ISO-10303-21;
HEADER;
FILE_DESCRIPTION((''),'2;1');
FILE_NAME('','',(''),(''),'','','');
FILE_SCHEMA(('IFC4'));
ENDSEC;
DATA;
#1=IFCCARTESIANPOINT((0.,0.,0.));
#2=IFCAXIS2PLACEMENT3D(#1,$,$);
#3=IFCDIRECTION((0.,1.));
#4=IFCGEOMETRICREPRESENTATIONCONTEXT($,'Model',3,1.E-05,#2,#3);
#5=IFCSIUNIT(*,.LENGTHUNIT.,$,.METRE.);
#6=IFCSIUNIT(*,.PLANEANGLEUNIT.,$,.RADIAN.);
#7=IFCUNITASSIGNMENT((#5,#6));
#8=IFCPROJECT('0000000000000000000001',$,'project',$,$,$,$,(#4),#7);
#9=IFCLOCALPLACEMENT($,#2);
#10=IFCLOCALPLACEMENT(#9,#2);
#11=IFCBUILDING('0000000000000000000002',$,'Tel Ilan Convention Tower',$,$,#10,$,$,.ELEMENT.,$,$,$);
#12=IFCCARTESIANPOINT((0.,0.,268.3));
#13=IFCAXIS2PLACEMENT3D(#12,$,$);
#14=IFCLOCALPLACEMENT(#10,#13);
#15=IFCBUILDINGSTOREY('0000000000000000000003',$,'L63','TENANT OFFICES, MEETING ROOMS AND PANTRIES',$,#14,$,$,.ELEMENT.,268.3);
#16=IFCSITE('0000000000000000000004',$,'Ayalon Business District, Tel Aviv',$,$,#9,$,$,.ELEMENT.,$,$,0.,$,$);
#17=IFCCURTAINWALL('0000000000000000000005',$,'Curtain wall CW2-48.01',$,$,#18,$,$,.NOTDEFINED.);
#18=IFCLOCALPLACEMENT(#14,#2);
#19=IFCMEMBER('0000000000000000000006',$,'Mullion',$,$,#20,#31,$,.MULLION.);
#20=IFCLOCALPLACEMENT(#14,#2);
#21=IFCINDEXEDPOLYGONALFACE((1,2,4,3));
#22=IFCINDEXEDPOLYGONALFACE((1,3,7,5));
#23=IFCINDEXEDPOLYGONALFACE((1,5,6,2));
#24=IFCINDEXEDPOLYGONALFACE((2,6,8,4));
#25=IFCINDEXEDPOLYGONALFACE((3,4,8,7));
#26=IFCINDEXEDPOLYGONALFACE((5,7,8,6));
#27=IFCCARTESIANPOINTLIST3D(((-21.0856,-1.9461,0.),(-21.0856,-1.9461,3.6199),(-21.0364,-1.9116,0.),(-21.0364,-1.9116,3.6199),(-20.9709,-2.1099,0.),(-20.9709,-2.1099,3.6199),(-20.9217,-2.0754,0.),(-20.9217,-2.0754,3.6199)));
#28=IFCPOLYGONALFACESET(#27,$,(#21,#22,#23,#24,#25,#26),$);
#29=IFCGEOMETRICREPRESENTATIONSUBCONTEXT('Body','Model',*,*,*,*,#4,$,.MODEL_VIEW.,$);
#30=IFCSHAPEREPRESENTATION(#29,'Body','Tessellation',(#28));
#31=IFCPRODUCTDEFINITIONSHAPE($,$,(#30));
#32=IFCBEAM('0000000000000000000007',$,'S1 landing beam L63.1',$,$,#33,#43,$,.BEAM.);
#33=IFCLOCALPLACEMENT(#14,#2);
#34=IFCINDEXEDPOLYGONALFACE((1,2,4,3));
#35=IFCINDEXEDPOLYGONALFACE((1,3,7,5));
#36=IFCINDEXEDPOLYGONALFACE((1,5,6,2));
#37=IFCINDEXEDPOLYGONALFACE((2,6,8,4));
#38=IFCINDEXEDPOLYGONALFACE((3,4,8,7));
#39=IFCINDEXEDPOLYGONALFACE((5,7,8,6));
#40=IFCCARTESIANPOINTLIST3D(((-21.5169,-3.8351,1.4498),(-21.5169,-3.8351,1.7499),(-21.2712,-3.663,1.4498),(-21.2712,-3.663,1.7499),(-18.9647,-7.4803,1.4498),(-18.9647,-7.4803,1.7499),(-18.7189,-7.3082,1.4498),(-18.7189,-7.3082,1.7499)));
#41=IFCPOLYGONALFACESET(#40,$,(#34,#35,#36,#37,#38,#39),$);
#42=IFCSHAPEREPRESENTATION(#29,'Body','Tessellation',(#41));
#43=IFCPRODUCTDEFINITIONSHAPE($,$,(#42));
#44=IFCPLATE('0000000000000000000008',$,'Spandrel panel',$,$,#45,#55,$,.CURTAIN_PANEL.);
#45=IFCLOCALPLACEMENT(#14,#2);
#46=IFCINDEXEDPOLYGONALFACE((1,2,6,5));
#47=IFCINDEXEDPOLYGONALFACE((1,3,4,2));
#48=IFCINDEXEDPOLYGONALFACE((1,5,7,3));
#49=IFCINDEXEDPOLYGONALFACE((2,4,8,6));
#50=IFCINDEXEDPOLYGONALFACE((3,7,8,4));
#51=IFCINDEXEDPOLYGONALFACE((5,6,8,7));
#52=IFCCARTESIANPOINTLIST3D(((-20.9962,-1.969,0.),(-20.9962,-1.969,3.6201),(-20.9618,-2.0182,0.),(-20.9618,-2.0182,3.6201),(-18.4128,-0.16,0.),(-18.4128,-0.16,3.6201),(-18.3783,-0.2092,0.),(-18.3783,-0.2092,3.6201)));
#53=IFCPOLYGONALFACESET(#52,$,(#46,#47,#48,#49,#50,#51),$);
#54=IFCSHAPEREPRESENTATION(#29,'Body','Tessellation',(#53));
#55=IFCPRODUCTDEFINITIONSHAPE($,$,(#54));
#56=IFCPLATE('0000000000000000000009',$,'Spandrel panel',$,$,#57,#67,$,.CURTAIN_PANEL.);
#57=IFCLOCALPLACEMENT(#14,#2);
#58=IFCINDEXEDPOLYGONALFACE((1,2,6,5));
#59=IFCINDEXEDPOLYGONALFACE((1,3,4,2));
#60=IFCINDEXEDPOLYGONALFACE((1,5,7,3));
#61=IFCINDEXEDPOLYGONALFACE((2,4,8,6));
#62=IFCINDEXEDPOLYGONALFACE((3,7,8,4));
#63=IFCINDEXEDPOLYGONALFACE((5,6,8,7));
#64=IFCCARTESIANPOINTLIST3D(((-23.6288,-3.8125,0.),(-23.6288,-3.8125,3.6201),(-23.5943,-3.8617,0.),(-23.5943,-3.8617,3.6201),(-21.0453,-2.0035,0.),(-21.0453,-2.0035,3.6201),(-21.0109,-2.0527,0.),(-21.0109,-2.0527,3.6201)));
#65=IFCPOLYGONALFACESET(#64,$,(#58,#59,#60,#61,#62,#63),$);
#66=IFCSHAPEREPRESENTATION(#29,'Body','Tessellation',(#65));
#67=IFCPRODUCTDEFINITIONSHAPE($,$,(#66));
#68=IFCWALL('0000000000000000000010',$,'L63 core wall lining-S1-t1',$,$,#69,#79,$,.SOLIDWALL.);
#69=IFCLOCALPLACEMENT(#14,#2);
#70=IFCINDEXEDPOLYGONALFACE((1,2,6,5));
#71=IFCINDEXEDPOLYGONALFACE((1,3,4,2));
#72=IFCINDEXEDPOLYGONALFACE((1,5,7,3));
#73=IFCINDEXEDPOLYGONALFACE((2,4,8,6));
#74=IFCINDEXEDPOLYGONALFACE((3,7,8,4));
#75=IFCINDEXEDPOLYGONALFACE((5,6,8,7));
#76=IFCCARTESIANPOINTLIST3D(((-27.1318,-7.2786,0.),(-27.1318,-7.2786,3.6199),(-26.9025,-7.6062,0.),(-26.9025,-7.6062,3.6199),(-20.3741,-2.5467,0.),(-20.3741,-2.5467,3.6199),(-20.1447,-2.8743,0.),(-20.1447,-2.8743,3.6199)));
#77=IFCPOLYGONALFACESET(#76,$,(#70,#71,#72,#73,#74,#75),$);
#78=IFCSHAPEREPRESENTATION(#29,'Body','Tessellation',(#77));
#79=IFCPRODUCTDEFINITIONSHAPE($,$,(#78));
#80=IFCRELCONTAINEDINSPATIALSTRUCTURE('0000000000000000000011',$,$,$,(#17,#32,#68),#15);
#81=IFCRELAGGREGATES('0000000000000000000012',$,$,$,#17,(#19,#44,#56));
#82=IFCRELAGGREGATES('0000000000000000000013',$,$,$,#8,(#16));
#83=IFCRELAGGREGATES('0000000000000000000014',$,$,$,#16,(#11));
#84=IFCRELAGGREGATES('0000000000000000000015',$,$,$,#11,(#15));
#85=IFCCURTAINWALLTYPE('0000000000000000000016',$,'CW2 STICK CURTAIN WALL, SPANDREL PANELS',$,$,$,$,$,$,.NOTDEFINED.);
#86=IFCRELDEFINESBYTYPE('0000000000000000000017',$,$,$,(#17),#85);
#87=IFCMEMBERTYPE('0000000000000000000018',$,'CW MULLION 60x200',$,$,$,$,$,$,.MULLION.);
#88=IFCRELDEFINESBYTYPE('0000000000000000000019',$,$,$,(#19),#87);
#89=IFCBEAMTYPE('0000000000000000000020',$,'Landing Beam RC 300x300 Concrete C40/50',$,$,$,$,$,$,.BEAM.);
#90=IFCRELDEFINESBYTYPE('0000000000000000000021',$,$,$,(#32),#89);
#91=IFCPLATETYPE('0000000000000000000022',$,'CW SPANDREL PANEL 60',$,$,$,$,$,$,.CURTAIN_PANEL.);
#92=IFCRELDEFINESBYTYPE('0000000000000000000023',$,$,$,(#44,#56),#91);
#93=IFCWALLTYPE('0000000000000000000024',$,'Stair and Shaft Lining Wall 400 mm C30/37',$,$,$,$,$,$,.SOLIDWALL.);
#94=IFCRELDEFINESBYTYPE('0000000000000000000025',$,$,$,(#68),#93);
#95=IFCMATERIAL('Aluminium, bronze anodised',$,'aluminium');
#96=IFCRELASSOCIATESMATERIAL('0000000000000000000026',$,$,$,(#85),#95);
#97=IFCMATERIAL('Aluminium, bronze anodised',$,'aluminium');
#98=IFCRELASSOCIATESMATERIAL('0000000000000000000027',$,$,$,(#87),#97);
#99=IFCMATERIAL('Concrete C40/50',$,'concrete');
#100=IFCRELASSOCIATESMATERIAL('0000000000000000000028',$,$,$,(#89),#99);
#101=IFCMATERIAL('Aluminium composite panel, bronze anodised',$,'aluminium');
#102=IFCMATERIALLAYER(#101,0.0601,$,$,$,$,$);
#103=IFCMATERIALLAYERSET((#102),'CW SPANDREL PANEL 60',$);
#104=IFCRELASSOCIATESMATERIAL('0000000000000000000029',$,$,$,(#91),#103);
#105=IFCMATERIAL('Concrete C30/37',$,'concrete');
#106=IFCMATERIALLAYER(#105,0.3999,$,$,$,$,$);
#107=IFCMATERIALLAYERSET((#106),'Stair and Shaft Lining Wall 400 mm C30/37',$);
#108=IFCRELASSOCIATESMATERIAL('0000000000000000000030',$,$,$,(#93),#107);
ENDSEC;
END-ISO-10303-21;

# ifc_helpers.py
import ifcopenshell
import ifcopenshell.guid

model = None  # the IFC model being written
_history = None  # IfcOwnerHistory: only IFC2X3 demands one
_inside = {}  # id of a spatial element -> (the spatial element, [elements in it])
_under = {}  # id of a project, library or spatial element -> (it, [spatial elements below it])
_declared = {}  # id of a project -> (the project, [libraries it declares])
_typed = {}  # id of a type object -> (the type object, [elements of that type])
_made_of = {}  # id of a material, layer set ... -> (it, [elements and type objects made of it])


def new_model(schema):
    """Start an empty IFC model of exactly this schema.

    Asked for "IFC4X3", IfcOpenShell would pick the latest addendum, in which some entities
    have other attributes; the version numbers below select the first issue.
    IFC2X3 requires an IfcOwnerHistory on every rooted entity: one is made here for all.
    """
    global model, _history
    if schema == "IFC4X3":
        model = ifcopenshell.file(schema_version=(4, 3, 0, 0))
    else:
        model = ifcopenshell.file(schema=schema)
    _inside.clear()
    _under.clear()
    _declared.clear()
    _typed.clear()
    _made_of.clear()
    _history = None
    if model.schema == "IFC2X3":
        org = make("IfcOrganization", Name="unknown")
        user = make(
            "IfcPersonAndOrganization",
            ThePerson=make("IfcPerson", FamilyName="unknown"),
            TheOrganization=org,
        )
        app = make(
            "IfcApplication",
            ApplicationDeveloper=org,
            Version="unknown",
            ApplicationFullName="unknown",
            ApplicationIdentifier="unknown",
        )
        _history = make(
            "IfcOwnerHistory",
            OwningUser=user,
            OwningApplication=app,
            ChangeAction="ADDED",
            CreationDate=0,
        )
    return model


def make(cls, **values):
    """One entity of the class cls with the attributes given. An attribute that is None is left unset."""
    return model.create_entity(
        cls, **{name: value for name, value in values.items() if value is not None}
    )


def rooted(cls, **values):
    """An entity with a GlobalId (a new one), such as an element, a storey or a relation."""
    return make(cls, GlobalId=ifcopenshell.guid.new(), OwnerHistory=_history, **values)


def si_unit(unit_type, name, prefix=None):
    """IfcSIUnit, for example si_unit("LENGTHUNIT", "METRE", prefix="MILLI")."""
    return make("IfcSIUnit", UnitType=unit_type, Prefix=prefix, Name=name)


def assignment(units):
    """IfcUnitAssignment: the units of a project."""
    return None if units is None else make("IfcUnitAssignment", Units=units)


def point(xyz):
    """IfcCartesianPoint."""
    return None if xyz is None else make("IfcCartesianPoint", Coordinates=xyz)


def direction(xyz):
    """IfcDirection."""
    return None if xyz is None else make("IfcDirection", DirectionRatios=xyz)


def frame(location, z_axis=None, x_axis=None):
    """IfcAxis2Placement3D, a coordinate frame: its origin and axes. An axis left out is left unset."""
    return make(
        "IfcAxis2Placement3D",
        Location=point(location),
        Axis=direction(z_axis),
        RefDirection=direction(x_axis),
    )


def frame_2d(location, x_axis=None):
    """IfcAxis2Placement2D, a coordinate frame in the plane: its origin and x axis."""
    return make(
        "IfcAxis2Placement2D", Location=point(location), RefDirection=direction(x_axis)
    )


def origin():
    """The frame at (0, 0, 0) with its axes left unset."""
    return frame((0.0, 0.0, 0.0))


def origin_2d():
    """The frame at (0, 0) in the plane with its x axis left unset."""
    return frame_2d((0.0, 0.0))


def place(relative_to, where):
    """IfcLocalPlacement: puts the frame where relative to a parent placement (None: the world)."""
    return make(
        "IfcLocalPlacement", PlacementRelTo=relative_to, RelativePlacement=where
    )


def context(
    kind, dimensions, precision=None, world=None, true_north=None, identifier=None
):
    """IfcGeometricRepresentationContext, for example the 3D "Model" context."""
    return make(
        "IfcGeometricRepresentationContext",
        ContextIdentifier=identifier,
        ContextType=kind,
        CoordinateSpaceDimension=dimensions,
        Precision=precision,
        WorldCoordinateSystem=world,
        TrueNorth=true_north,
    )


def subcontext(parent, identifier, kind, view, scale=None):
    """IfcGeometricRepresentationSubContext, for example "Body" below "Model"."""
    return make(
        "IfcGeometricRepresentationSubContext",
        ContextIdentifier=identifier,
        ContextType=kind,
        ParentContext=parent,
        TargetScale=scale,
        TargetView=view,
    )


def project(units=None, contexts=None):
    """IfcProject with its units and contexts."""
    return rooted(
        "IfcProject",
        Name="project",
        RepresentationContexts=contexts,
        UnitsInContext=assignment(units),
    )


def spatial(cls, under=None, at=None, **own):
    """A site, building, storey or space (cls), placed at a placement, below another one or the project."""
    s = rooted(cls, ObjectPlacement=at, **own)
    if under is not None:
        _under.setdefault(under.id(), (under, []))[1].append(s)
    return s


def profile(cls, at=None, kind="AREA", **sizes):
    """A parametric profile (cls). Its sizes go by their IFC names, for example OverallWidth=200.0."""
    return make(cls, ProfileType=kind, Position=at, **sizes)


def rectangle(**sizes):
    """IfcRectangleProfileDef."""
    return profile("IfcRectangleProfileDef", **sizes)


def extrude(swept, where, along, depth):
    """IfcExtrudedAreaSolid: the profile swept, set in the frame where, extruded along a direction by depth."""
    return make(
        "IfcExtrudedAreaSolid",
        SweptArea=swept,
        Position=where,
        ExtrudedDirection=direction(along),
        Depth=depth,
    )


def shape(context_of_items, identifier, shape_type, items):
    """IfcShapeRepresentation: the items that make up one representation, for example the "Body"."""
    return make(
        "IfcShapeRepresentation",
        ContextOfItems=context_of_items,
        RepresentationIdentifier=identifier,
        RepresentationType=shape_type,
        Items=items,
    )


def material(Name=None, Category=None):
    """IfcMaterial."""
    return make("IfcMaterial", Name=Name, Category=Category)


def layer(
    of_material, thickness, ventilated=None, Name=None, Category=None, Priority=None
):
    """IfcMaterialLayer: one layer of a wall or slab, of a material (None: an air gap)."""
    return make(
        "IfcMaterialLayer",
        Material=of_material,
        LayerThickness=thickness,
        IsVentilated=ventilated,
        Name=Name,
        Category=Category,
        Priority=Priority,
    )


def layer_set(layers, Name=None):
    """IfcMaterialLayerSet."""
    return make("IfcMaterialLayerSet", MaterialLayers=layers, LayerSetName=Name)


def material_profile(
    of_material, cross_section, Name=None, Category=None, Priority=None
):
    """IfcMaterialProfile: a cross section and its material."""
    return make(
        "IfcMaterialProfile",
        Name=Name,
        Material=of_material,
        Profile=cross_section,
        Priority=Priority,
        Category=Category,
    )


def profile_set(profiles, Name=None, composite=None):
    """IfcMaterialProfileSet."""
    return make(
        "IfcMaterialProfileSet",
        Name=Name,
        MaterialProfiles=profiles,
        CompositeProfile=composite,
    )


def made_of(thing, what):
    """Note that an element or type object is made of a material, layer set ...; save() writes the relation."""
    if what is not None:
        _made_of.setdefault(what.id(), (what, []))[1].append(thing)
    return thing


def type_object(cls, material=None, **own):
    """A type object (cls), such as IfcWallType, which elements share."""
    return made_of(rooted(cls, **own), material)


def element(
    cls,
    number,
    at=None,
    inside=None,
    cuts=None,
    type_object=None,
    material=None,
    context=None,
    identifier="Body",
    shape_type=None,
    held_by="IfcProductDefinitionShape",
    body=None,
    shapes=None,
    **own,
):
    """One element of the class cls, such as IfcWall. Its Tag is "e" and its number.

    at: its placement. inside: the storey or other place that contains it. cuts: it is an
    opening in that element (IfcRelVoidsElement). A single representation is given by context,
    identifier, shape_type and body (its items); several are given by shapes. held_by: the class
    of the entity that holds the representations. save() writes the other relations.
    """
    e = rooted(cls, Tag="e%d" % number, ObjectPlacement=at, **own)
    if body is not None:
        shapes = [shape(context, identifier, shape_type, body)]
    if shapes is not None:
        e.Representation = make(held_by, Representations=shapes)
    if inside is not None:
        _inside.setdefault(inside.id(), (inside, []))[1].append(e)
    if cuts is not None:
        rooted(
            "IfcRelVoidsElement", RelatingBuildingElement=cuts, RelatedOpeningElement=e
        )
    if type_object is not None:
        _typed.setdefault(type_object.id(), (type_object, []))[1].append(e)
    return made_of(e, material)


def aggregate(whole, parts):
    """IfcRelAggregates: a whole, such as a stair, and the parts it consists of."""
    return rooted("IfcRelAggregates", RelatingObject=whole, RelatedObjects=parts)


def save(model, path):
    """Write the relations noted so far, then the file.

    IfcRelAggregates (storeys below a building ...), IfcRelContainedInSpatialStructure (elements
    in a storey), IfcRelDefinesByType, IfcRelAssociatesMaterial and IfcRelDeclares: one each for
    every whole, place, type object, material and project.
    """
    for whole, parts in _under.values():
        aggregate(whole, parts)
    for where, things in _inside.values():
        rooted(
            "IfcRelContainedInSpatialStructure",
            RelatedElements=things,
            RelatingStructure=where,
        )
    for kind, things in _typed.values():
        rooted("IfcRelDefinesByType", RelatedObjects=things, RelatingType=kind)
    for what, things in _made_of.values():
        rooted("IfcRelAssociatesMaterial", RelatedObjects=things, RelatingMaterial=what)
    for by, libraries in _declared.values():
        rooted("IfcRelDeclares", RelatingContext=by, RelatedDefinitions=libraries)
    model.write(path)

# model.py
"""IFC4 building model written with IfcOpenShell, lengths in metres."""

from ifc_helpers import new_model, si_unit, direction, frame, frame_2d, origin, origin_2d, place, context, subcontext, project, spatial, rectangle, extrude, material, layer, layer_set, material_profile, profile_set, type_object, element, aggregate, save


model = new_model("IFC4")

# Units and contexts
model_context = context("Model", 3, precision=1e-05, world=origin(), true_north=direction((0.0, 1.0)))
body_context = subcontext(model_context, "Body", "Model", "MODEL_VIEW")
ifc_project = project(units=[si_unit("LENGTHUNIT", "METRE"), si_unit("PLANEANGLEUNIT", "RADIAN")], contexts=[model_context])

# Site, building, storey
site_placement = place(None, origin())
site = spatial("IfcSite", under=ifc_project, at=site_placement, Name="Ayalon Business District, Tel Aviv", CompositionType="ELEMENT", RefElevation=0.0)
building_placement = place(site_placement, origin())
building = spatial("IfcBuilding", under=site, at=building_placement, Name="Tel Ilan Convention Tower", CompositionType="ELEMENT")
storey_placement = place(building_placement, frame((0.0, 0.0, 268.3)))
storey = spatial("IfcBuildingStorey", under=building, at=storey_placement, Name="L63", Description="TENANT OFFICES, MEETING ROOMS AND PANTRIES", CompositionType="ELEMENT", Elevation=268.3)

# Curtain wall, member
ifc_material_1 = material(Name="Aluminium, bronze anodised", Category="aluminium")
curtain_wall_type = type_object("IfcCurtainWallType", Name="CW2 STICK CURTAIN WALL, SPANDREL PANELS", PredefinedType="NOTDEFINED", material=ifc_material_1)
curtain_wall_placement = place(storey_placement, origin())
curtain_wall = element("IfcCurtainWall", 1, at=curtain_wall_placement, inside=storey, type_object=curtain_wall_type, Name="Curtain wall CW2-48.01", PredefinedType="NOTDEFINED")
ifc_material_2 = material(Name="Aluminium, bronze anodised", Category="aluminium")
ifc_material_profile_1 = material_profile(ifc_material_2, rectangle(XDim=0.0601, YDim=0.2, at=origin_2d()), Name="CW MULLION 60x200")
ifc_profile_set_1 = profile_set([ifc_material_profile_1], Name="Aluminium, bronze anodised")
member_type = type_object("IfcMemberType", Name="CW MULLION 60x200", PredefinedType="MULLION", material=ifc_profile_set_1)
member_placement = place(storey_placement, frame((-21.0037, -2.0107, 0.0), z_axis=(0.0, 0.0, 1.0), x_axis=(-0.819152, -0.573576, 0.0)))
member = element("IfcMember", 2, at=member_placement, type_object=member_type, Name="Mullion", PredefinedType="MULLION", context=body_context, shape_type="SweptSolid", body=[
    extrude(rectangle(XDim=0.0601, YDim=0.2, at=origin_2d()), origin(), (0.0, 0.0, 1.0), 3.6199),
])

# Beam
ifc_material_3 = material(Name="Concrete C40/50", Category="concrete")
ifc_material_profile_2 = material_profile(ifc_material_3, rectangle(XDim=0.3, YDim=0.3, at=origin_2d()), Name="RC 300x300")
ifc_profile_set_2 = profile_set([ifc_material_profile_2], Name="Concrete C40/50")
beam_type = type_object("IfcBeamType", Name="Landing Beam RC 300x300 Concrete C40/50", PredefinedType="BEAM", material=ifc_profile_set_2)
beam_placement = place(storey_placement, frame((-18.8418, -7.3943, 1.5999), z_axis=(-0.573547, 0.819173, 0.0), x_axis=(-0.819173, -0.573547, 0.0)))
element("IfcBeam", 3, at=beam_placement, inside=storey, type_object=beam_type, Name="S1 landing beam L63.1", PredefinedType="BEAM", context=body_context, shape_type="SweptSolid", body=[
    extrude(rectangle(XDim=0.3, YDim=0.3, at=origin_2d()), origin(), (0.0, 0.0, 1.0), 4.45),
])

# Plates
ifc_material_4 = material(Name="Aluminium composite panel, bronze anodised", Category="aluminium")
ifc_layer_1 = layer(ifc_material_4, 0.0601)
ifc_layer_set_1 = layer_set([ifc_layer_1], Name="CW SPANDREL PANEL 60")
plate_type = type_object("IfcPlateType", Name="CW SPANDREL PANEL 60", PredefinedType="CURTAIN_PANEL", material=ifc_layer_set_1)
plate_1_placement = place(storey_placement, frame((-19.6873, -1.0891, 0.0), z_axis=(0.0, 0.0, 1.0), x_axis=(-0.819152, -0.573576, 0.0)))
plate_1 = element("IfcPlate", 4, at=plate_1_placement, type_object=plate_type, Name="Spandrel panel", PredefinedType="CURTAIN_PANEL", context=body_context, shape_type="SweptSolid", body=[
    extrude(rectangle(XDim=3.1538, YDim=0.0601, at=origin_2d()), origin(), (0.0, 0.0, 1.0), 3.6201),
])
plate_2_placement = place(storey_placement, frame((-22.3198, -2.9326, 0.0), z_axis=(0.0, 0.0, 1.0), x_axis=(-0.819152, -0.573576, 0.0)))
plate_2 = element("IfcPlate", 5, at=plate_2_placement, type_object=plate_type, Name="Spandrel panel", PredefinedType="CURTAIN_PANEL", context=body_context, shape_type="SweptSolid", body=[
    extrude(rectangle(XDim=3.1538, YDim=0.0601, at=origin_2d()), origin(), (0.0, 0.0, 1.0), 3.6201),
])
aggregate(curtain_wall, [member, plate_1, plate_2])

# Wall
ifc_material_5 = material(Name="Concrete C30/37", Category="concrete")
ifc_layer_2 = layer(ifc_material_5, 0.3999)
ifc_layer_set_2 = layer_set([ifc_layer_2], Name="Stair and Shaft Lining Wall 400 mm C30/37")
wall_type = type_object("IfcWallType", Name="Stair and Shaft Lining Wall 400 mm C30/37", PredefinedType="SOLIDWALL", material=ifc_layer_set_2)
wall_placement = place(storey_placement, frame((-20.2593, -2.7104, 0.0), z_axis=(0.0, 0.0, 1.0), x_axis=(-0.819148, -0.573582, 0.0)))
element("IfcWall", 6, at=wall_placement, inside=storey, type_object=wall_type, Name="L63 core wall lining-S1-t1", PredefinedType="SOLIDWALL", context=body_context, shape_type="SweptSolid", body=[
    extrude(rectangle(XDim=8.2498, YDim=0.3999, at=frame_2d((4.125, 0.0))), origin(), (0.0, 0.0, 1.0), 3.6199),
])

save(model, "model.ifc")
